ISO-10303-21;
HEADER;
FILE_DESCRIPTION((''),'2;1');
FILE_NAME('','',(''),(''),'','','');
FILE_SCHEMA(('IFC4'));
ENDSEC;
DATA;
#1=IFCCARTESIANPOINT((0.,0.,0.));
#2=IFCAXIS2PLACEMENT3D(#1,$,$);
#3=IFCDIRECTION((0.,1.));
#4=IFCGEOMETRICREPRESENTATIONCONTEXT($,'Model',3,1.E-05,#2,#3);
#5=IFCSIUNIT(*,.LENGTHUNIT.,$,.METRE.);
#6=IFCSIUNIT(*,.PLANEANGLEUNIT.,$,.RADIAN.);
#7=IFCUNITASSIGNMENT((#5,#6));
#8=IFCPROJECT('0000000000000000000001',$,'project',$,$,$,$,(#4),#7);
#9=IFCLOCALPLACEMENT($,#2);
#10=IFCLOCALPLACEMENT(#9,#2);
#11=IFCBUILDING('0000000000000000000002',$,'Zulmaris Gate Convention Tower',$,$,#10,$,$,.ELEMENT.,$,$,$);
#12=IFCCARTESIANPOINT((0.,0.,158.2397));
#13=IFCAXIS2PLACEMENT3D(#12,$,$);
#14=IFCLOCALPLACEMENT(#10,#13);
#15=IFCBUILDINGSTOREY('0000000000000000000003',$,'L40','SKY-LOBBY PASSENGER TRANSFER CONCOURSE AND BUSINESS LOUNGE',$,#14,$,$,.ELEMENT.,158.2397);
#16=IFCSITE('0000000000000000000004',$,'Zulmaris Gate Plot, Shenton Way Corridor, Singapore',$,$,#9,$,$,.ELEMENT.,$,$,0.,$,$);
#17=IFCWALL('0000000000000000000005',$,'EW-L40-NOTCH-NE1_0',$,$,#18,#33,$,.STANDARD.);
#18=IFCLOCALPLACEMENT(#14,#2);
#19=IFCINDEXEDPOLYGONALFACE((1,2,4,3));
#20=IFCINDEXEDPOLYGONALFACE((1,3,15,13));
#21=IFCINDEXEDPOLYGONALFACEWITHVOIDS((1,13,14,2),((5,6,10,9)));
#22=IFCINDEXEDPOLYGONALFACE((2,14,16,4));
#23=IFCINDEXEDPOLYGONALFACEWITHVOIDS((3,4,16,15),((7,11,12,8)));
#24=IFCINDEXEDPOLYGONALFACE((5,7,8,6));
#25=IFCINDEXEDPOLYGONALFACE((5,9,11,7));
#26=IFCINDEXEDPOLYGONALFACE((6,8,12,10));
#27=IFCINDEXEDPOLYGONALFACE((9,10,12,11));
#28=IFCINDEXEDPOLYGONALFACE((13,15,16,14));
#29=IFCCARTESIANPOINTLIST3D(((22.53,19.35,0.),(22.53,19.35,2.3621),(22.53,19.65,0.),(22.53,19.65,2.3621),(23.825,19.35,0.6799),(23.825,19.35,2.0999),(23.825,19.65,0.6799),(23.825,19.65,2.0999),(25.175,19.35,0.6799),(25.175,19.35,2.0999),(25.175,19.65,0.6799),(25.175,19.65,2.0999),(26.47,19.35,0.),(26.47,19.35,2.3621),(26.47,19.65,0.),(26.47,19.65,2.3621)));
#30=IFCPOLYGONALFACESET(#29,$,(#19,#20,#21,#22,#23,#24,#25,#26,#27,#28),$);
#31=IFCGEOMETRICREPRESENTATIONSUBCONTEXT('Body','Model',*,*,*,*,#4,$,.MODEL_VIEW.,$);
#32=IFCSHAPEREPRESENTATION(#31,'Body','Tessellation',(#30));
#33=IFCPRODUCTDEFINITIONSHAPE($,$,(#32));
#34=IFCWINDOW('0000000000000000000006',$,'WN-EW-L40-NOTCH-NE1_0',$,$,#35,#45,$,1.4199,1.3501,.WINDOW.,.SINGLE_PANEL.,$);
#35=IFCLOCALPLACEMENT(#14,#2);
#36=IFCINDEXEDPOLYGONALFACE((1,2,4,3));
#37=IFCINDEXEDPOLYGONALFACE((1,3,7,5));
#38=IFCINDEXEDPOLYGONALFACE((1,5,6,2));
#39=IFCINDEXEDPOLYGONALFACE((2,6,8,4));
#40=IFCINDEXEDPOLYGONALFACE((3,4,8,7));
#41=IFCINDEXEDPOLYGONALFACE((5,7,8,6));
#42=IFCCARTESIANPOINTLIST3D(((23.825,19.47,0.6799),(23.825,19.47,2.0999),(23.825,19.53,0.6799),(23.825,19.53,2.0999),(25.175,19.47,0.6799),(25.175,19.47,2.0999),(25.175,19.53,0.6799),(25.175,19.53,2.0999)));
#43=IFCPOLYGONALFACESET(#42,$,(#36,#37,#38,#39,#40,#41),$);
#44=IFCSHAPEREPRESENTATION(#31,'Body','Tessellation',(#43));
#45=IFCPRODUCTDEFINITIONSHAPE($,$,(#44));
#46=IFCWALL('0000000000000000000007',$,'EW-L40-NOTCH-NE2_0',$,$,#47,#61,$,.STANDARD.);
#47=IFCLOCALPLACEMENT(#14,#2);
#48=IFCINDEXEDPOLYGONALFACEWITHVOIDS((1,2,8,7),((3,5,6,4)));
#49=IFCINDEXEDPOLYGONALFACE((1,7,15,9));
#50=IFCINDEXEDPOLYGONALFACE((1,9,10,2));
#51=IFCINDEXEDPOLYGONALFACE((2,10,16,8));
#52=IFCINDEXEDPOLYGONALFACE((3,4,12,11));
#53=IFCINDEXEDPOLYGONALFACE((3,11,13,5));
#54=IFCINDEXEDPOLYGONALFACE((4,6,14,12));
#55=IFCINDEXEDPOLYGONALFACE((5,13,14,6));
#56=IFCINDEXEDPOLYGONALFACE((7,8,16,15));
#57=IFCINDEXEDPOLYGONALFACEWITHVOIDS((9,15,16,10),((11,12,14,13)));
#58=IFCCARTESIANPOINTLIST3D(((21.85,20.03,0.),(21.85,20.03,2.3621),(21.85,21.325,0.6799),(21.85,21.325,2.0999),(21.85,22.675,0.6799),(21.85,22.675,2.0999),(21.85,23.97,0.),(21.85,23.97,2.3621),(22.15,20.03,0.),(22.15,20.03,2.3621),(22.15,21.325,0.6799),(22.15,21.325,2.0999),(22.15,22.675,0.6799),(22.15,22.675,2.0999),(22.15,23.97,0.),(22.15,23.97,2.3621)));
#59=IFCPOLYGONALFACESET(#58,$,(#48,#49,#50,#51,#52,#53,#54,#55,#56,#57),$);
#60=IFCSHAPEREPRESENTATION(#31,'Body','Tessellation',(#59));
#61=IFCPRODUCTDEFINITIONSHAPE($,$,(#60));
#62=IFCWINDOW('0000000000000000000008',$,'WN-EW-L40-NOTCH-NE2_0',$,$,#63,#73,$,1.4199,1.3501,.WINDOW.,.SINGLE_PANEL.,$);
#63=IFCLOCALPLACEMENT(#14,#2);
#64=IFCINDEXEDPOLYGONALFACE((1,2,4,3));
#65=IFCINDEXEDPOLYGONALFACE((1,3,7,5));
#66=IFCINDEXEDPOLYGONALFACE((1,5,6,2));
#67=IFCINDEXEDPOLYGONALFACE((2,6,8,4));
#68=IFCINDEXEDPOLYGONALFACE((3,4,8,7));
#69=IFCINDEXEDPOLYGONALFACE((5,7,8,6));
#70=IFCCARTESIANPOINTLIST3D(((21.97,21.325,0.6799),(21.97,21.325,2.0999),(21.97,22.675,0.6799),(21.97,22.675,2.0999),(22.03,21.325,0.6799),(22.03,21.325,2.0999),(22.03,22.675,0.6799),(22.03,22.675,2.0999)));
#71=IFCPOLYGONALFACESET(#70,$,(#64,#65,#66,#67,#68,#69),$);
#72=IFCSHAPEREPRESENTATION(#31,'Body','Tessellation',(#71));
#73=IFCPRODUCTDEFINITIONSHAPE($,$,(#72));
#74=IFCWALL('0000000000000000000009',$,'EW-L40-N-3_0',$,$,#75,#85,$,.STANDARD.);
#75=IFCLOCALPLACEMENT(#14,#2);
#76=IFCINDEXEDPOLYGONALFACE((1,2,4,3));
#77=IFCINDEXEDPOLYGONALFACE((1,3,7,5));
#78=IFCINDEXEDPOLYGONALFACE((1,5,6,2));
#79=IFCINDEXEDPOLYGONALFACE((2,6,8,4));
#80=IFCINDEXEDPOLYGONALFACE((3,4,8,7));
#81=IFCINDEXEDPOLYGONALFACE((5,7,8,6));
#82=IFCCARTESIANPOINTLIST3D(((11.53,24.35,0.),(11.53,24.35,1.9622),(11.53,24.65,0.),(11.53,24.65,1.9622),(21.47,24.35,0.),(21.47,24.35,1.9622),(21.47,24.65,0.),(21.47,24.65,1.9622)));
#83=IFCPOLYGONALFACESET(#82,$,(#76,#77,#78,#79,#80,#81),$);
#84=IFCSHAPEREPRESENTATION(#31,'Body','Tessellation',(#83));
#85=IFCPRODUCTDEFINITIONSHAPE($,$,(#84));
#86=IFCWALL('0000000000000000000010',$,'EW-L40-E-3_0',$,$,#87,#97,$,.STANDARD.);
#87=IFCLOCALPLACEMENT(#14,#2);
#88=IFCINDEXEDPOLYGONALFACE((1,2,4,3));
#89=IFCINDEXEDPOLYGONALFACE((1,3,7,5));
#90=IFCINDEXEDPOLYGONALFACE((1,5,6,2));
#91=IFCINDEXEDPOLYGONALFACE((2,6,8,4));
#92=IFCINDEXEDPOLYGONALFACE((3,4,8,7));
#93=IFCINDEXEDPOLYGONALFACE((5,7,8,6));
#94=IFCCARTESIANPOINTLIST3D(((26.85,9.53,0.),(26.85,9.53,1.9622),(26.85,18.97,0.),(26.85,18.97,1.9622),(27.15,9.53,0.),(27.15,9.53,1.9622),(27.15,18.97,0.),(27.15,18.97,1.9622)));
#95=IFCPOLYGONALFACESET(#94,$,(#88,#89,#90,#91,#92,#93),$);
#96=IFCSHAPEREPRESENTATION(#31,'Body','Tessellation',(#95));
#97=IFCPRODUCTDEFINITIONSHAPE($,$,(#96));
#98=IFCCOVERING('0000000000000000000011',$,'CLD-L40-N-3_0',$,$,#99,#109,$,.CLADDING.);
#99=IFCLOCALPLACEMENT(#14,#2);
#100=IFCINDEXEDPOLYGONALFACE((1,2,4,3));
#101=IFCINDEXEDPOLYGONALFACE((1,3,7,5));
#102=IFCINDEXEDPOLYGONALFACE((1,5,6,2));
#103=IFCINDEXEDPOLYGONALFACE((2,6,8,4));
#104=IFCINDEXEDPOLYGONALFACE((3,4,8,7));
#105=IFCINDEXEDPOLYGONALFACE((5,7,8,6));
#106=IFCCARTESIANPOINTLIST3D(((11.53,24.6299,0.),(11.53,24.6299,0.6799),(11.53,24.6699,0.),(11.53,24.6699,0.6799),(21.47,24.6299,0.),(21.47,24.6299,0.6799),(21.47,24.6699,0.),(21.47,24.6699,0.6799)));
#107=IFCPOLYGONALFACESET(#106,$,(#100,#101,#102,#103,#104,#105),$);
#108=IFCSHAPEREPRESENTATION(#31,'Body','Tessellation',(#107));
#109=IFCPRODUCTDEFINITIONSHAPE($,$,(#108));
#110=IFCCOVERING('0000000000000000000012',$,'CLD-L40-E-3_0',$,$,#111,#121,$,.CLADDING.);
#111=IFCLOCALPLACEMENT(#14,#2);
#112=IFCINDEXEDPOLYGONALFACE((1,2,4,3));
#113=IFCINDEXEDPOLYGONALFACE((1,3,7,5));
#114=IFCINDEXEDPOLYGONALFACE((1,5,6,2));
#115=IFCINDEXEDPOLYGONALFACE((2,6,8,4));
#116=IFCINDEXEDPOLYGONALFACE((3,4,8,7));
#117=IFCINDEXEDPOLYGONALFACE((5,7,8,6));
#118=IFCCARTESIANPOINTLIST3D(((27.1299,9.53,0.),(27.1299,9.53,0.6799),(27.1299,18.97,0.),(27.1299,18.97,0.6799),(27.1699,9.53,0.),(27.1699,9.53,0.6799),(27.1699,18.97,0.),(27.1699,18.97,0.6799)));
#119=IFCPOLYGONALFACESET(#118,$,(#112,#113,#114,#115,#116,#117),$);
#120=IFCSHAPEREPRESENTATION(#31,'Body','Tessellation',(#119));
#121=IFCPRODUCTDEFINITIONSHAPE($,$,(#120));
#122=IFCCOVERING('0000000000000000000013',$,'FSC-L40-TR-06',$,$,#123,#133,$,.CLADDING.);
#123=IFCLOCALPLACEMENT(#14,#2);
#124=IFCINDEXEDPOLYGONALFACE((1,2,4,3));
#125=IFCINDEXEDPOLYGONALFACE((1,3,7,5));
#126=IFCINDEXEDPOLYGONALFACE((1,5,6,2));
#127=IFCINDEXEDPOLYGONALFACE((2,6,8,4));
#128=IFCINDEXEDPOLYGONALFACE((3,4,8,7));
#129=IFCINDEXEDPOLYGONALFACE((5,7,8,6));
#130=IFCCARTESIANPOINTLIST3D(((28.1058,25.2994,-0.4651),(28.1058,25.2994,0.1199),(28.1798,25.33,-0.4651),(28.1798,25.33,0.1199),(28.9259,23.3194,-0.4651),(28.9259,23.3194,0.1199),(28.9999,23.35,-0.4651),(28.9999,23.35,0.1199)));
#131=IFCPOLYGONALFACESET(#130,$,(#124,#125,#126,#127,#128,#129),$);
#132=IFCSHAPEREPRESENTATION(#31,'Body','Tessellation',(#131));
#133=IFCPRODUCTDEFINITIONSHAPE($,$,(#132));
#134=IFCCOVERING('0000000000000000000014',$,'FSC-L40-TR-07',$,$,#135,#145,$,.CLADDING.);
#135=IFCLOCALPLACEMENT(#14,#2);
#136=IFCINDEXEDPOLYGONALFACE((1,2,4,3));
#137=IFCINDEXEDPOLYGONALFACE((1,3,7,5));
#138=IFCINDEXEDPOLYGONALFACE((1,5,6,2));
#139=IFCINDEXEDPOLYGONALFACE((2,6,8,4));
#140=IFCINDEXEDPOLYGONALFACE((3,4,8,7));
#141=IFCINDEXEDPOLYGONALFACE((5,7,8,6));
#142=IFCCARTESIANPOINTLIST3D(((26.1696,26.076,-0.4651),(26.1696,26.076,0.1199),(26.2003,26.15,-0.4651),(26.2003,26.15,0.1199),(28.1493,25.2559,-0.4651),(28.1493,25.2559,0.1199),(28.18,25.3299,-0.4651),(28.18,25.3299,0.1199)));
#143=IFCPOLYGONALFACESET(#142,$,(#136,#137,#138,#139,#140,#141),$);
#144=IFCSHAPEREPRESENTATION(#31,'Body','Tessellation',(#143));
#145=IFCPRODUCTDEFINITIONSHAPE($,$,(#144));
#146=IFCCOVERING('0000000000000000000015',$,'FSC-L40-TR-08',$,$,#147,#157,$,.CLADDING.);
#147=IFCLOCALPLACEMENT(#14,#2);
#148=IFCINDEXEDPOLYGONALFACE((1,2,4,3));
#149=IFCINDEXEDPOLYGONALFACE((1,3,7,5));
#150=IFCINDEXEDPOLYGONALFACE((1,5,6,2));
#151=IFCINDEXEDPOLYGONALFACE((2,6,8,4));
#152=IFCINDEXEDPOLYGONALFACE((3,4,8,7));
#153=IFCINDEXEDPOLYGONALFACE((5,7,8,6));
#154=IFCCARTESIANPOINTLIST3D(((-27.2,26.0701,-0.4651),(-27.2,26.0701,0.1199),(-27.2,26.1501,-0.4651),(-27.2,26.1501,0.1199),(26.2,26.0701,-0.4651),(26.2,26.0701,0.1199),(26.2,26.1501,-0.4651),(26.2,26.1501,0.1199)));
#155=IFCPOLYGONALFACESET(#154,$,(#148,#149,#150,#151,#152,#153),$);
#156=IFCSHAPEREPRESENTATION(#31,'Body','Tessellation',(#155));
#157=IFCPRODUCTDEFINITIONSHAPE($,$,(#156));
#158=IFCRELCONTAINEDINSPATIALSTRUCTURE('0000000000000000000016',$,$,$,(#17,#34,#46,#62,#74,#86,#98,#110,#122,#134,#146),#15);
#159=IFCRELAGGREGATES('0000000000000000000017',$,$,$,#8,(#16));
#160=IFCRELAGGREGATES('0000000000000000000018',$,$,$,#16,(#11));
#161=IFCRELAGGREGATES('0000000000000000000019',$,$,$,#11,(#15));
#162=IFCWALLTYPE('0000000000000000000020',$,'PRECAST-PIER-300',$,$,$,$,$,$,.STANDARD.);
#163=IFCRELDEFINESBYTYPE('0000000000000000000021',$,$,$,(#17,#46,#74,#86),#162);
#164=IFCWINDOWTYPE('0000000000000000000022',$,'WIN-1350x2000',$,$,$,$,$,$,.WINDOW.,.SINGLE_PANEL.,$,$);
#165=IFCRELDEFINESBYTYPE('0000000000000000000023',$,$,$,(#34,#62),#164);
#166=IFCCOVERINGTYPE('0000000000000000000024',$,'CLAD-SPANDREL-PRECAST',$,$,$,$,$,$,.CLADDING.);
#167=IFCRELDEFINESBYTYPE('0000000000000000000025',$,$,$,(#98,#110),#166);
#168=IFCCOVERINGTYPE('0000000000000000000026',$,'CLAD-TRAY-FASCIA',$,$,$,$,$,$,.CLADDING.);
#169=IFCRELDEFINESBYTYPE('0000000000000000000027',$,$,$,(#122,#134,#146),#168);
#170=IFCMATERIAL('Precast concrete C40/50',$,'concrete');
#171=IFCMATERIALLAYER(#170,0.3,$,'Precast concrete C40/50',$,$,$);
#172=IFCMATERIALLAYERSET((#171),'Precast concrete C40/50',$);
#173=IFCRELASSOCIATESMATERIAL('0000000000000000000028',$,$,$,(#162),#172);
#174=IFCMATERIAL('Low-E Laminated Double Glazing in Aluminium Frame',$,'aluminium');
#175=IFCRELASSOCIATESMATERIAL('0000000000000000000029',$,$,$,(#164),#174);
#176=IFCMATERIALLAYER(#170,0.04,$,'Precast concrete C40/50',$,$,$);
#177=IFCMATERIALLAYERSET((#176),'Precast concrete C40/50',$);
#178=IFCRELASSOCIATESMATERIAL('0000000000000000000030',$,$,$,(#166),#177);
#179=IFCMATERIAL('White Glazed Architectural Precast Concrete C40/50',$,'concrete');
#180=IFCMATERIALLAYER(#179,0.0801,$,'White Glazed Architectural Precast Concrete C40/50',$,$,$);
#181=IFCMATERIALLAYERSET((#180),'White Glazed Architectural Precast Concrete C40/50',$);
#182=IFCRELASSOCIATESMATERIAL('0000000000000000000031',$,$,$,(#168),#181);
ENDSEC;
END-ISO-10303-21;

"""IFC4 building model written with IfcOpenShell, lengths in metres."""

from ifc_helpers import new_model, si_unit, direction, frame, frame_2d, origin, place, context, subcontext, project, spatial, rectangle, extrude, material, layer, layer_set, type_object, element, fill, save


model = new_model("IFC4")

# Units and contexts
model_context = context("Model", 3, precision=1e-05, world=origin(), true_north=direction((0.0, 1.0)))
body_context = subcontext(model_context, "Body", "Model", "MODEL_VIEW")
ifc_project = project(units=[si_unit("LENGTHUNIT", "METRE"), si_unit("PLANEANGLEUNIT", "RADIAN")], contexts=[model_context])

# Site, building, storey
site_placement = place(None, origin())
site = spatial("IfcSite", under=ifc_project, at=site_placement, Name="Zulmaris Gate Plot, Shenton Way Corridor, Singapore", CompositionType="ELEMENT", RefElevation=0.0)
building_placement = place(site_placement, origin())
building = spatial("IfcBuilding", under=site, at=building_placement, Name="Zulmaris Gate Convention Tower", CompositionType="ELEMENT")
storey_placement = place(building_placement, frame((0.0, 0.0, 158.2397)))
storey = spatial("IfcBuildingStorey", under=building, at=storey_placement, Name="L40", Description="SKY-LOBBY PASSENGER TRANSFER CONCOURSE AND BUSINESS LOUNGE", CompositionType="ELEMENT", Elevation=158.2397)

# Walls, openings, windows
ifc_material_1 = material(Name="Precast concrete C40/50", Category="concrete")
ifc_layer_1 = layer(ifc_material_1, 0.3, Name="Precast concrete C40/50")
ifc_layer_set_1 = layer_set([ifc_layer_1], Name="Precast concrete C40/50")
wall_type_1 = type_object("IfcWallType", Name="PRECAST-PIER-300", PredefinedType="STANDARD", material=ifc_layer_set_1)
wall_1_placement = place(storey_placement, frame((26.47, 19.5, 0.0), z_axis=(0.0, 0.0, 1.0), x_axis=(-1.0, 0.0, 0.0)))
wall_1 = element("IfcWall", 1, at=wall_1_placement, inside=storey, type_object=wall_type_1, Name="EW-L40-NOTCH-NE1_0", PredefinedType="STANDARD", context=body_context, shape_type="SweptSolid", body=[
    extrude(rectangle(XDim=3.9399, YDim=0.3, at=frame_2d((1.97, 0.0))), origin(), (0.0, 0.0, 1.0), 2.3621),
])
opening_1_placement = place(wall_1_placement, frame((1.2949, 0.0, 0.6799)))
opening_1 = element("IfcOpeningElement", 2, at=opening_1_placement, cuts=wall_1, PredefinedType="OPENING", context=body_context, shape_type="SweptSolid", body=[
    extrude(rectangle(XDim=1.3501, YDim=1.4199, at=frame_2d((0.675, 0.71))), frame((0.0, 0.1602, 0.0), z_axis=(0.0, -1.0, 0.0), x_axis=(1.0, 0.0, 0.0)), (0.0, 0.0, 1.0), 0.3201),
])
ifc_material_2 = material(Name="Low-E Laminated Double Glazing in Aluminium Frame", Category="aluminium")
window_type = type_object("IfcWindowType", Name="WIN-1350x2000", PartitioningType="SINGLE_PANEL", PredefinedType="WINDOW", material=ifc_material_2)
window_1_placement = place(opening_1_placement, origin())
window_1 = element("IfcWindow", 3, at=window_1_placement, inside=storey, type_object=window_type, Name="WN-EW-L40-NOTCH-NE1_0", OverallHeight=1.4199, OverallWidth=1.3501, PartitioningType="SINGLE_PANEL", PredefinedType="WINDOW", context=body_context, shape_type="SweptSolid", body=[
    extrude(rectangle(XDim=1.3501, YDim=1.4199, at=frame_2d((0.675, 0.71))), frame((0.0, 0.03, 0.0), z_axis=(0.0, -1.0, 0.0), x_axis=(1.0, 0.0, 0.0)), (0.0, 0.0, 1.0), 0.0601),
])
fill(opening_1, window_1)
wall_2_placement = place(storey_placement, frame((22.0, 20.03, 0.0), z_axis=(0.0, 0.0, 1.0), x_axis=(0.0, 1.0, 0.0)))
wall_2 = element("IfcWall", 4, at=wall_2_placement, inside=storey, type_object=wall_type_1, Name="EW-L40-NOTCH-NE2_0", PredefinedType="STANDARD", context=body_context, shape_type="SweptSolid", body=[
    extrude(rectangle(XDim=3.9399, YDim=0.3, at=frame_2d((1.97, 0.0))), origin(), (0.0, 0.0, 1.0), 2.3621),
])
opening_2_placement = place(wall_2_placement, frame((1.2949, 0.0, 0.6799)))
opening_2 = element("IfcOpeningElement", 5, at=opening_2_placement, cuts=wall_2, PredefinedType="OPENING", context=body_context, shape_type="SweptSolid", body=[
    extrude(rectangle(XDim=1.3501, YDim=1.4199, at=frame_2d((0.675, 0.71))), frame((0.0, 0.1602, 0.0), z_axis=(0.0, -1.0, 0.0), x_axis=(1.0, 0.0, 0.0)), (0.0, 0.0, 1.0), 0.3201),
])
window_2_placement = place(opening_2_placement, origin())
window_2 = element("IfcWindow", 6, at=window_2_placement, inside=storey, type_object=window_type, Name="WN-EW-L40-NOTCH-NE2_0", OverallHeight=1.4199, OverallWidth=1.3501, PartitioningType="SINGLE_PANEL", PredefinedType="WINDOW", context=body_context, shape_type="SweptSolid", body=[
    extrude(rectangle(XDim=1.3501, YDim=1.4199, at=frame_2d((0.675, 0.71))), frame((0.0, 0.03, 0.0), z_axis=(0.0, -1.0, 0.0), x_axis=(1.0, 0.0, 0.0)), (0.0, 0.0, 1.0), 0.0601),
])
fill(opening_2, window_2)

# Walls
wall_3_placement = place(storey_placement, frame((21.47, 24.5, 0.0), z_axis=(0.0, 0.0, 1.0), x_axis=(-1.0, 0.0, 0.0)))
element("IfcWall", 7, at=wall_3_placement, inside=storey, type_object=wall_type_1, Name="EW-L40-N-3_0", PredefinedType="STANDARD", context=body_context, shape_type="SweptSolid", body=[
    extrude(rectangle(XDim=9.9399, YDim=0.3, at=frame_2d((4.97, 0.0))), origin(), (0.0, 0.0, 1.0), 1.9622),
])
wall_4_placement = place(storey_placement, frame((27.0, 9.53, 0.0), z_axis=(0.0, 0.0, 1.0), x_axis=(0.0, 1.0, 0.0)))
element("IfcWall", 8, at=wall_4_placement, inside=storey, type_object=wall_type_1, Name="EW-L40-E-3_0", PredefinedType="STANDARD", context=body_context, shape_type="SweptSolid", body=[
    extrude(rectangle(XDim=9.4399, YDim=0.3, at=frame_2d((4.72, 0.0))), origin(), (0.0, 0.0, 1.0), 1.9622),
])

# Coverings
ifc_layer_2 = layer(ifc_material_1, 0.04, Name="Precast concrete C40/50")
ifc_layer_set_2 = layer_set([ifc_layer_2], Name="Precast concrete C40/50")
covering_type_1 = type_object("IfcCoveringType", Name="CLAD-SPANDREL-PRECAST", PredefinedType="CLADDING", material=ifc_layer_set_2)
covering_1_placement = place(storey_placement, frame((21.47, 24.6499, 0.0), z_axis=(0.0, 0.0, 1.0), x_axis=(-1.0, 0.0, 0.0)))
element("IfcCovering", 9, at=covering_1_placement, inside=storey, type_object=covering_type_1, Name="CLD-L40-N-3_0", PredefinedType="CLADDING", context=body_context, shape_type="SweptSolid", body=[
    extrude(rectangle(XDim=9.9399, YDim=0.04, at=frame_2d((4.97, 0.0))), origin(), (0.0, 0.0, 1.0), 0.6799),
])
covering_2_placement = place(storey_placement, frame((27.1499, 9.53, 0.0), z_axis=(0.0, 0.0, 1.0), x_axis=(0.0, 1.0, 0.0)))
element("IfcCovering", 10, at=covering_2_placement, inside=storey, type_object=covering_type_1, Name="CLD-L40-E-3_0", PredefinedType="CLADDING", context=body_context, shape_type="SweptSolid", body=[
    extrude(rectangle(XDim=9.4399, YDim=0.04, at=frame_2d((4.72, 0.0))), origin(), (0.0, 0.0, 1.0), 0.6799),
])
ifc_material_3 = material(Name="White Glazed Architectural Precast Concrete C40/50", Category="concrete")
ifc_layer_3 = layer(ifc_material_3, 0.0801, Name="White Glazed Architectural Precast Concrete C40/50")
ifc_layer_set_3 = layer_set([ifc_layer_3], Name="White Glazed Architectural Precast Concrete C40/50")
covering_type_2 = type_object("IfcCoveringType", Name="CLAD-TRAY-FASCIA", PredefinedType="CLADDING", material=ifc_layer_set_3)
covering_3_placement = place(storey_placement, frame((28.9629, 23.3347, -0.4651), z_axis=(0.0, 0.0, 1.0), x_axis=(-0.382657, 0.92389, 0.0)))
element("IfcCovering", 11, at=covering_3_placement, inside=storey, type_object=covering_type_2, Name="FSC-L40-TR-06", PredefinedType="CLADDING", context=body_context, shape_type="SweptSolid", body=[
    extrude(rectangle(XDim=2.1431, YDim=0.0801, at=frame_2d((1.0715, 0.0))), origin(), (0.0, 0.0, 1.0), 0.585),
])
covering_4_placement = place(storey_placement, frame((28.1646, 25.293, -0.4651), z_axis=(0.0, 0.0, 1.0), x_axis=(-0.923874, 0.382697, 0.0)))
element("IfcCovering", 12, at=covering_4_placement, inside=storey, type_object=covering_type_2, Name="FSC-L40-TR-07", PredefinedType="CLADDING", context=body_context, shape_type="SweptSolid", body=[
    extrude(rectangle(XDim=2.1428, YDim=0.0801, at=frame_2d((1.0713, 0.0))), origin(), (0.0, 0.0, 1.0), 0.585),
])
covering_5_placement = place(storey_placement, frame((26.2, 26.1101, -0.4651), z_axis=(0.0, 0.0, 1.0), x_axis=(-1.0, 0.0, 0.0)))
element("IfcCovering", 13, at=covering_5_placement, inside=storey, type_object=covering_type_2, Name="FSC-L40-TR-08", PredefinedType="CLADDING", context=body_context, shape_type="SweptSolid", body=[
    extrude(rectangle(XDim=53.3999, YDim=0.0801, at=frame_2d((26.7, 0.0))), origin(), (0.0, 0.0, 1.0), 0.585),
])

save(model, "model.ifc")
